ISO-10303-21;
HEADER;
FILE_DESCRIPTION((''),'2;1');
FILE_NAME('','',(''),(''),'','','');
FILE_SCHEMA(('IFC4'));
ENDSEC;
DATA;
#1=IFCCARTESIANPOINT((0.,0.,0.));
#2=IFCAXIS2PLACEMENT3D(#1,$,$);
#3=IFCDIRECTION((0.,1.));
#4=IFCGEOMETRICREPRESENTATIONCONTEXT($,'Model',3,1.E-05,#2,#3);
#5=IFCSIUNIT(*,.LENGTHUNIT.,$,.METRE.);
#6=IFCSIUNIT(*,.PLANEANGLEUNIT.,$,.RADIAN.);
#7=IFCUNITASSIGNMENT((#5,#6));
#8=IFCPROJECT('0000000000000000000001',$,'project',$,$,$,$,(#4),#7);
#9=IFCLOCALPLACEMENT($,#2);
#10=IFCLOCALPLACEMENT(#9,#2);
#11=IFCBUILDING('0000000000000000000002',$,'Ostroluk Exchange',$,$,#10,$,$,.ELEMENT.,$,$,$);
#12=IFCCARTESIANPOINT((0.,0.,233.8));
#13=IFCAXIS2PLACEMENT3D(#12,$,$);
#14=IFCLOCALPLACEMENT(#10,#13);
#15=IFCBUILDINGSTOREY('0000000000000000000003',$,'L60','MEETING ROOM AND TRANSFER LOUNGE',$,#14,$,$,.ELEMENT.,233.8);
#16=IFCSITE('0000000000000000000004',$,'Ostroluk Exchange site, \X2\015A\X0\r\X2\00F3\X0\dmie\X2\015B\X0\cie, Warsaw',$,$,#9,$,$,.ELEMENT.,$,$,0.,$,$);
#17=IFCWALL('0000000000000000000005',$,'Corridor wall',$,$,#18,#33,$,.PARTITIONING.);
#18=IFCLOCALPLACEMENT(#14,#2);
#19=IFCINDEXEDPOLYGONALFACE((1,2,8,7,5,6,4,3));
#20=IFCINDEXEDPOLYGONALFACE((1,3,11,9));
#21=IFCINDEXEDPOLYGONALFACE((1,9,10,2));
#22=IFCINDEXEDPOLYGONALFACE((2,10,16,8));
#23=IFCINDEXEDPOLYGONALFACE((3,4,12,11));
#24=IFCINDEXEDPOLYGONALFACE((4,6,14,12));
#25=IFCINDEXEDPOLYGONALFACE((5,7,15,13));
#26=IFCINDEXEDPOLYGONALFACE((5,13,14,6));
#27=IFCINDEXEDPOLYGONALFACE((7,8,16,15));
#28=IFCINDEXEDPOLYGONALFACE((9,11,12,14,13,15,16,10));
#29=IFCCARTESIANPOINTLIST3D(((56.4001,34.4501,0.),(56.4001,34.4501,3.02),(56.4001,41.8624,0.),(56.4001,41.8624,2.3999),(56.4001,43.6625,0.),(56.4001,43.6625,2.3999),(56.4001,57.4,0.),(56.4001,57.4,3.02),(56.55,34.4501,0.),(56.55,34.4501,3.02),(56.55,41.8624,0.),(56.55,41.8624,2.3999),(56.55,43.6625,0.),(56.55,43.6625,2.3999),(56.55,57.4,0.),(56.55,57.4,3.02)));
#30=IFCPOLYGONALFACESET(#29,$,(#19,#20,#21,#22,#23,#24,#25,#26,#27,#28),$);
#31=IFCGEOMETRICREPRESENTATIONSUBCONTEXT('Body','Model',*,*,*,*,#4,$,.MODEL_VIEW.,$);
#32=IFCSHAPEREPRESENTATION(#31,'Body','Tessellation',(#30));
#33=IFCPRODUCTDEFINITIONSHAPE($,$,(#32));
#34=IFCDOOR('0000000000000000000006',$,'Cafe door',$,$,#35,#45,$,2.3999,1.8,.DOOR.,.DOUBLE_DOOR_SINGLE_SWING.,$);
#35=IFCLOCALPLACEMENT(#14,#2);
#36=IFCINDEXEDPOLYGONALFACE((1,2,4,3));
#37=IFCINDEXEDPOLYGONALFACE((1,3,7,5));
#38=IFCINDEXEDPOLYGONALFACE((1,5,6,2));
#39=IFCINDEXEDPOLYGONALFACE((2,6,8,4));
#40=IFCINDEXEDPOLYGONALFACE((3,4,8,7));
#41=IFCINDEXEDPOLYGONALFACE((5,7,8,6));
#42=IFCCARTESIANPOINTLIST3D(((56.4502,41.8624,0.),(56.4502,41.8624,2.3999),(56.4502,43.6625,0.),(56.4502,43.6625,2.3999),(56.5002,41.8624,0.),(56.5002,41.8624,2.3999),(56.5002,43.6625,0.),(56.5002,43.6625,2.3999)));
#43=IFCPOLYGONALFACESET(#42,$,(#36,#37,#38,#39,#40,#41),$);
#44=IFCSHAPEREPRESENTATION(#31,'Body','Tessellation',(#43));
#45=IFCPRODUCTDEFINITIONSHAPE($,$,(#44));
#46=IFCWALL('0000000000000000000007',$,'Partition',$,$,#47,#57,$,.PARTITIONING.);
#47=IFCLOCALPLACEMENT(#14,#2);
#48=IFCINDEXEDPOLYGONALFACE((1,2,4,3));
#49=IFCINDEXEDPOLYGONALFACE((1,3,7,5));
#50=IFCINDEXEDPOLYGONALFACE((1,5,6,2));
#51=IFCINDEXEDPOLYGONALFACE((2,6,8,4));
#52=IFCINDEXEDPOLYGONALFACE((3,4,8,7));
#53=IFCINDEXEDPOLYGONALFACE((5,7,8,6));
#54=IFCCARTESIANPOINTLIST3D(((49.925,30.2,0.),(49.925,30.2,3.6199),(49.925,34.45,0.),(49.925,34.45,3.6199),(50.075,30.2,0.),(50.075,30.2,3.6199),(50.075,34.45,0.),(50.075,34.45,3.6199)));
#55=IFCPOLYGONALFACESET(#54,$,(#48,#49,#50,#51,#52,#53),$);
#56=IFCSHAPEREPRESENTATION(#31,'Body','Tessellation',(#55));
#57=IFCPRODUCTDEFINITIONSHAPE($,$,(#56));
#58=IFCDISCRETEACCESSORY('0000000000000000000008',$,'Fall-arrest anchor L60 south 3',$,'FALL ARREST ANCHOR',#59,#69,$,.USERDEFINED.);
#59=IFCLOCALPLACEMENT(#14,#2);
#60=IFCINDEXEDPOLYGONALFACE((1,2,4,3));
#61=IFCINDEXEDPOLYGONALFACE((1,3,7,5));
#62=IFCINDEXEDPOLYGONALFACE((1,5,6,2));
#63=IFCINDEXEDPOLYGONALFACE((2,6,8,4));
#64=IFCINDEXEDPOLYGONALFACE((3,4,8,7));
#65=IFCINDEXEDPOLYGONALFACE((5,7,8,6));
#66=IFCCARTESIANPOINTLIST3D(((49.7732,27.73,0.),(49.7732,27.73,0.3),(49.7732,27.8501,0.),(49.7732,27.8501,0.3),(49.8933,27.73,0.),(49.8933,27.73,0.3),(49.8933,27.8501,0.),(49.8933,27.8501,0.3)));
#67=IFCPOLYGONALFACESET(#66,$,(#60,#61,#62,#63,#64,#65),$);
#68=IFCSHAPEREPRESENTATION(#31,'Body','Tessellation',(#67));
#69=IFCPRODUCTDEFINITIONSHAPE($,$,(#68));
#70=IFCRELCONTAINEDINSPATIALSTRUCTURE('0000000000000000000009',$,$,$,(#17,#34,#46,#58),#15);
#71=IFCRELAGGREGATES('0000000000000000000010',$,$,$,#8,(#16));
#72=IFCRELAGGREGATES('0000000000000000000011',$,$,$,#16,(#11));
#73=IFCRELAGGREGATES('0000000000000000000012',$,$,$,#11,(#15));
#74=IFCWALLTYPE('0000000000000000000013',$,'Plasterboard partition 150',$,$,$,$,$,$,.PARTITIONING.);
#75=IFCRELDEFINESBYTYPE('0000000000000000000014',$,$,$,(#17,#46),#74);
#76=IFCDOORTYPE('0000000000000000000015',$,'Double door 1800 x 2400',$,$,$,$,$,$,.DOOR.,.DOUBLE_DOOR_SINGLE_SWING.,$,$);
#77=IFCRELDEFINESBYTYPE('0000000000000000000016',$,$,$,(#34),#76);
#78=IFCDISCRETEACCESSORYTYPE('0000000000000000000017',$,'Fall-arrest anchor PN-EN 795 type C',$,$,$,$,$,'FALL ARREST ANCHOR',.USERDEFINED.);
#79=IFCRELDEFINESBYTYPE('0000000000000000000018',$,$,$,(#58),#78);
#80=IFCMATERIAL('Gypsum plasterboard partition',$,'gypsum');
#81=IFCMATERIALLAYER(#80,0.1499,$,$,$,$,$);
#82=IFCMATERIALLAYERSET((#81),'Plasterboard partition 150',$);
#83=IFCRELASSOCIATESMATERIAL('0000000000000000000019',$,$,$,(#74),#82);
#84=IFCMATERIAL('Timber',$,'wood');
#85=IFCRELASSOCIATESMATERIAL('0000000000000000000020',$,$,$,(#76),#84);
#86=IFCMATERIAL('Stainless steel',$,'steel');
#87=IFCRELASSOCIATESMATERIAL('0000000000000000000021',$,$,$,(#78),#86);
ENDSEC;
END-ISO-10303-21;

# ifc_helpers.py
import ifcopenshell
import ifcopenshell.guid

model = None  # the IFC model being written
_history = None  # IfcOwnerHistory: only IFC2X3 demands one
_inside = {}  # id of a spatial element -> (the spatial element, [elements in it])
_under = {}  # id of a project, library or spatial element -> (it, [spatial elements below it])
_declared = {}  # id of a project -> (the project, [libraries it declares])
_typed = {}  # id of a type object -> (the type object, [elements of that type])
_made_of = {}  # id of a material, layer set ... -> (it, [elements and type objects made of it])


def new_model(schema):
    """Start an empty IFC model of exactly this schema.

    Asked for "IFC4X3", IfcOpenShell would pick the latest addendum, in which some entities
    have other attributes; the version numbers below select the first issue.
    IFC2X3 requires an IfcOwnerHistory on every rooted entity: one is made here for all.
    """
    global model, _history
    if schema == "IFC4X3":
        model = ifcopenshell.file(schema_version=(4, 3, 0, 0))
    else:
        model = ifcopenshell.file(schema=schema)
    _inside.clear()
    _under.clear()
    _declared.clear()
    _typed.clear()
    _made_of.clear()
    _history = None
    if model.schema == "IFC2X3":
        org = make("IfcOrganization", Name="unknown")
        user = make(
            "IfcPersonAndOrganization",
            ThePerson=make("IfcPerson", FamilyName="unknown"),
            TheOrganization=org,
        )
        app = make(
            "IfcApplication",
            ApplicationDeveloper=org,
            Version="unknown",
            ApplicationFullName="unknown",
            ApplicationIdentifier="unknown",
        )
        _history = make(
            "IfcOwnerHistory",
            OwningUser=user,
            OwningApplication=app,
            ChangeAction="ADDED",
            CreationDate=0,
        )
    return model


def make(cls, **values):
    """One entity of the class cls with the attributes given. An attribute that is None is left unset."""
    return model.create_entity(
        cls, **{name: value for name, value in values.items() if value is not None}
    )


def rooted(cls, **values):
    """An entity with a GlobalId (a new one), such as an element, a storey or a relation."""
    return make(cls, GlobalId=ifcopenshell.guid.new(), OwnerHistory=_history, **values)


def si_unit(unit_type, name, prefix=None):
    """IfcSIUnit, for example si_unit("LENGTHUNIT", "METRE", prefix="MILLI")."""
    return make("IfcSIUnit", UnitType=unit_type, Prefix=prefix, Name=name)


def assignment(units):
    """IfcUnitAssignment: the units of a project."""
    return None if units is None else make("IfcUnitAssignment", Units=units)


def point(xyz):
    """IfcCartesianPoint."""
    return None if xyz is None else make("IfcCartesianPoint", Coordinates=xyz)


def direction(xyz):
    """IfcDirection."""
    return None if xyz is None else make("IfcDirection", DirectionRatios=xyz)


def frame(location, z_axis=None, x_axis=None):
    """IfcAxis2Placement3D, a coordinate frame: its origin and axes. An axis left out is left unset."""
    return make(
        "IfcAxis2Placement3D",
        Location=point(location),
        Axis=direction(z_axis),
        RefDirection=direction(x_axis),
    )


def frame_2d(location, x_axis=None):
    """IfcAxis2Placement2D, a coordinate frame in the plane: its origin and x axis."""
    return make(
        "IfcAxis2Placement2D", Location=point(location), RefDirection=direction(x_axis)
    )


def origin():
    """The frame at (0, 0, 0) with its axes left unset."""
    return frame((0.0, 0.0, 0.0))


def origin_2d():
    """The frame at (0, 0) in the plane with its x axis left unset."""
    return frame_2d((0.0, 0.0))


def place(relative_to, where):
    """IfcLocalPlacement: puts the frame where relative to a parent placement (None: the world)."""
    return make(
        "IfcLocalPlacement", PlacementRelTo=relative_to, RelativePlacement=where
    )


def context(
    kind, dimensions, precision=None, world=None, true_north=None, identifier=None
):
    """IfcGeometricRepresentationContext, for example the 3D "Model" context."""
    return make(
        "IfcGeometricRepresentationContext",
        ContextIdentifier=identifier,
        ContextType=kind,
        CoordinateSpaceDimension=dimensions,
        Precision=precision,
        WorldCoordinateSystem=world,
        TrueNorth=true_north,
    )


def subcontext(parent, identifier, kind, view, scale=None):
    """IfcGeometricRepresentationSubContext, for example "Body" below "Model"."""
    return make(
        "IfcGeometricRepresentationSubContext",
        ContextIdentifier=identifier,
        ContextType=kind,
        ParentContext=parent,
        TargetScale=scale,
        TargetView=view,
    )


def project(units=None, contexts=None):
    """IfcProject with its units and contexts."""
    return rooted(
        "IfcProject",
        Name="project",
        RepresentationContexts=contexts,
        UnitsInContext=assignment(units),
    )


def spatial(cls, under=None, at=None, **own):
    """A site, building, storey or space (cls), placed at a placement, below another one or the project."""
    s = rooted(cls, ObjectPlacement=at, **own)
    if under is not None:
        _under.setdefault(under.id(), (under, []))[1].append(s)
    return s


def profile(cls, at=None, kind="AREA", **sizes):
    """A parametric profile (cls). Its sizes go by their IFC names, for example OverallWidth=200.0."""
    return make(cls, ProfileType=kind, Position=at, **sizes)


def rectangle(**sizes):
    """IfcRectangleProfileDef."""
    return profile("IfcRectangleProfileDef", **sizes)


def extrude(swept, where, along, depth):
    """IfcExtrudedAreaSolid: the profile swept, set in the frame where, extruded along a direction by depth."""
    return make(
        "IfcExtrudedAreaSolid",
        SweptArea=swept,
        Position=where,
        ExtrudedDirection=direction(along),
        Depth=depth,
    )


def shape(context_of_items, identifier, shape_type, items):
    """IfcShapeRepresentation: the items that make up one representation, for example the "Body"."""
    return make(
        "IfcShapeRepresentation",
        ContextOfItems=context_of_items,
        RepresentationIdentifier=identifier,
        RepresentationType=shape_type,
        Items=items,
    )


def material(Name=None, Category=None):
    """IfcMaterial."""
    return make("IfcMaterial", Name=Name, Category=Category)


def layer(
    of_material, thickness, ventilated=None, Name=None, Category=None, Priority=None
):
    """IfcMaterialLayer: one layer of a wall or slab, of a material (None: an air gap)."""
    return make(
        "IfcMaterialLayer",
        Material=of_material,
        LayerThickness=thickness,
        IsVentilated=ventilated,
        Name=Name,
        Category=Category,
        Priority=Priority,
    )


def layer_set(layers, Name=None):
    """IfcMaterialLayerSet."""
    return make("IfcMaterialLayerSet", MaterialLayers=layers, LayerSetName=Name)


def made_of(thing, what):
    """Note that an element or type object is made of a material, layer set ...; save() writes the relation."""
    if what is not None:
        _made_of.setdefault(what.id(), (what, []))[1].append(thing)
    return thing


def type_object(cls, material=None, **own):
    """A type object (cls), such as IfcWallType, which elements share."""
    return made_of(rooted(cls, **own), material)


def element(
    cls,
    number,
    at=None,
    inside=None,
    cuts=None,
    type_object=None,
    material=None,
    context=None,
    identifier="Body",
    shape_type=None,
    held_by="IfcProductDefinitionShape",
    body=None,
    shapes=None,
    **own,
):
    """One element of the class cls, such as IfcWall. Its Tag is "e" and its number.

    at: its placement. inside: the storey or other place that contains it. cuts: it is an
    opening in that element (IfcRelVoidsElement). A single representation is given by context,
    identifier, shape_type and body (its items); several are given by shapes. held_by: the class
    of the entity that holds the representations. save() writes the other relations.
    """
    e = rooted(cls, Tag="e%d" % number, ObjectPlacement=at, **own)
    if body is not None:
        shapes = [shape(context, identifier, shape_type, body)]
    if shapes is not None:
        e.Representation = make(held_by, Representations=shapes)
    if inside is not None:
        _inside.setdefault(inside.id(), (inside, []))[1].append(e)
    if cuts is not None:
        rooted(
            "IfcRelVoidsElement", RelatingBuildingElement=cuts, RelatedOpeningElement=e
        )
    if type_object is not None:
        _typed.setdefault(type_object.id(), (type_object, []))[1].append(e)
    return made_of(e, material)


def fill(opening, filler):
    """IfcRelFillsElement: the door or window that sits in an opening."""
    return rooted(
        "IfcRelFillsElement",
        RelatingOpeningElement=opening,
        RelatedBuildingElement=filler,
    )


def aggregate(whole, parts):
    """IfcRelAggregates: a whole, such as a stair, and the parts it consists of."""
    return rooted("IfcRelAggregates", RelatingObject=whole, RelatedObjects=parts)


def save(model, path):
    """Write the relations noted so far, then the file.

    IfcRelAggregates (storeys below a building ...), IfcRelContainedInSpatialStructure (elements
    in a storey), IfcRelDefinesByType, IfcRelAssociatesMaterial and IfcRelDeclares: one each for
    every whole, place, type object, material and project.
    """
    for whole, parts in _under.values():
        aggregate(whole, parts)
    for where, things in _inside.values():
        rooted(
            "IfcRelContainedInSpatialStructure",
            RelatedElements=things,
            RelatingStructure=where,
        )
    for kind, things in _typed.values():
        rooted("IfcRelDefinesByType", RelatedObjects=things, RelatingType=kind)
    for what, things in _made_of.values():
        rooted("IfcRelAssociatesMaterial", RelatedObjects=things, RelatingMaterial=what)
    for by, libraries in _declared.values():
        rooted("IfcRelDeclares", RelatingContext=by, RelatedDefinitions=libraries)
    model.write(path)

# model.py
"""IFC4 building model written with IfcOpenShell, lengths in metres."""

from ifc_helpers import new_model, si_unit, direction, frame, frame_2d, origin, origin_2d, place, context, subcontext, project, spatial, rectangle, extrude, material, layer, layer_set, type_object, element, fill, save


model = new_model("IFC4")

# Units and contexts
model_context = context("Model", 3, precision=1e-05, world=origin(), true_north=direction((0.0, 1.0)))
body_context = subcontext(model_context, "Body", "Model", "MODEL_VIEW")
ifc_project = project(units=[si_unit("LENGTHUNIT", "METRE"), si_unit("PLANEANGLEUNIT", "RADIAN")], contexts=[model_context])

# Site, building, storey
site_placement = place(None, origin())
site = spatial("IfcSite", under=ifc_project, at=site_placement, Name="Ostroluk Exchange site, Śródmieście, Warsaw", CompositionType="ELEMENT", RefElevation=0.0)
building_placement = place(site_placement, origin())
building = spatial("IfcBuilding", under=site, at=building_placement, Name="Ostroluk Exchange", CompositionType="ELEMENT")
storey_placement = place(building_placement, frame((0.0, 0.0, 233.8)))
storey = spatial("IfcBuildingStorey", under=building, at=storey_placement, Name="L60", Description="MEETING ROOM AND TRANSFER LOUNGE", CompositionType="ELEMENT", Elevation=233.8)

# Wall, opening, door
ifc_material_1 = material(Name="Gypsum plasterboard partition", Category="gypsum")
ifc_layer_1 = layer(ifc_material_1, 0.1499)
ifc_layer_set_1 = layer_set([ifc_layer_1], Name="Plasterboard partition 150")
wall_type = type_object("IfcWallType", Name="Plasterboard partition 150", PredefinedType="PARTITIONING", material=ifc_layer_set_1)
wall_1_placement = place(storey_placement, frame((56.4751, 34.45, 0.0), z_axis=(0.0, 0.0, 1.0), x_axis=(0.0, 1.0, 0.0)))
wall_1 = element("IfcWall", 1, at=wall_1_placement, inside=storey, type_object=wall_type, Name="Corridor wall", PredefinedType="PARTITIONING", context=body_context, shape_type="SweptSolid", body=[
    extrude(rectangle(XDim=22.95, YDim=0.1499, at=frame_2d((11.4751, 0.0))), origin(), (0.0, 0.0, 1.0), 3.02),
])
opening_placement = place(wall_1_placement, frame((7.4126, 0.0, 0.0)))
opening = element("IfcOpeningElement", 2, at=opening_placement, cuts=wall_1, PredefinedType="OPENING", context=body_context, shape_type="SweptSolid", body=[
    extrude(rectangle(XDim=1.8, YDim=2.3999, at=frame_2d((0.8999, 1.2))), frame((0.0, 0.085, 0.0), z_axis=(0.0, -1.0, 0.0), x_axis=(1.0, 0.0, 0.0)), (0.0, 0.0, 1.0), 0.1699),
])
ifc_material_2 = material(Name="Timber", Category="wood")
door_type = type_object("IfcDoorType", Name="Double door 1800 x 2400", OperationType="DOUBLE_DOOR_SINGLE_SWING", PredefinedType="DOOR", material=ifc_material_2)
door_placement = place(opening_placement, origin())
door = element("IfcDoor", 3, at=door_placement, inside=storey, type_object=door_type, Name="Cafe door", OperationType="DOUBLE_DOOR_SINGLE_SWING", OverallHeight=2.3999, OverallWidth=1.8, PredefinedType="DOOR", context=body_context, shape_type="SweptSolid", body=[
    extrude(rectangle(XDim=1.8, YDim=2.3999, at=frame_2d((0.8999, 1.2))), frame((0.0, 0.0249, 0.0), z_axis=(0.0, -1.0, 0.0), x_axis=(1.0, 0.0, 0.0)), (0.0, 0.0, 1.0), 0.05),
])
fill(opening, door)

# Wall
wall_2_placement = place(storey_placement, frame((50.0, 34.45, 0.0), z_axis=(0.0, 0.0, 1.0), x_axis=(0.0, -1.0, 0.0)))
element("IfcWall", 4, at=wall_2_placement, inside=storey, type_object=wall_type, Name="Partition", PredefinedType="PARTITIONING", context=body_context, shape_type="SweptSolid", body=[
    extrude(rectangle(XDim=4.25, YDim=0.1499, at=frame_2d((2.125, 0.0))), origin(), (0.0, 0.0, 1.0), 3.6199),
])

# Discrete accessory
ifc_material_3 = material(Name="Stainless steel", Category="steel")
discrete_accessory_type = type_object("IfcDiscreteAccessoryType", Name="Fall-arrest anchor PN-EN 795 type C", ElementType="FALL ARREST ANCHOR", PredefinedType="USERDEFINED", material=ifc_material_3)
discrete_accessory_placement = place(storey_placement, frame((49.8333, 27.79, 0.0), z_axis=(0.0, 0.0, 1.0), x_axis=(1.0, 0.0, 0.0)))
element("IfcDiscreteAccessory", 5, at=discrete_accessory_placement, inside=storey, type_object=discrete_accessory_type, Name="Fall-arrest anchor L60 south 3", ObjectType="FALL ARREST ANCHOR", PredefinedType="USERDEFINED", context=body_context, shape_type="SweptSolid", body=[
    extrude(rectangle(XDim=0.1201, YDim=0.1201, at=origin_2d()), origin(), (0.0, 0.0, 1.0), 0.3),
])

save(model, "model.ifc")
